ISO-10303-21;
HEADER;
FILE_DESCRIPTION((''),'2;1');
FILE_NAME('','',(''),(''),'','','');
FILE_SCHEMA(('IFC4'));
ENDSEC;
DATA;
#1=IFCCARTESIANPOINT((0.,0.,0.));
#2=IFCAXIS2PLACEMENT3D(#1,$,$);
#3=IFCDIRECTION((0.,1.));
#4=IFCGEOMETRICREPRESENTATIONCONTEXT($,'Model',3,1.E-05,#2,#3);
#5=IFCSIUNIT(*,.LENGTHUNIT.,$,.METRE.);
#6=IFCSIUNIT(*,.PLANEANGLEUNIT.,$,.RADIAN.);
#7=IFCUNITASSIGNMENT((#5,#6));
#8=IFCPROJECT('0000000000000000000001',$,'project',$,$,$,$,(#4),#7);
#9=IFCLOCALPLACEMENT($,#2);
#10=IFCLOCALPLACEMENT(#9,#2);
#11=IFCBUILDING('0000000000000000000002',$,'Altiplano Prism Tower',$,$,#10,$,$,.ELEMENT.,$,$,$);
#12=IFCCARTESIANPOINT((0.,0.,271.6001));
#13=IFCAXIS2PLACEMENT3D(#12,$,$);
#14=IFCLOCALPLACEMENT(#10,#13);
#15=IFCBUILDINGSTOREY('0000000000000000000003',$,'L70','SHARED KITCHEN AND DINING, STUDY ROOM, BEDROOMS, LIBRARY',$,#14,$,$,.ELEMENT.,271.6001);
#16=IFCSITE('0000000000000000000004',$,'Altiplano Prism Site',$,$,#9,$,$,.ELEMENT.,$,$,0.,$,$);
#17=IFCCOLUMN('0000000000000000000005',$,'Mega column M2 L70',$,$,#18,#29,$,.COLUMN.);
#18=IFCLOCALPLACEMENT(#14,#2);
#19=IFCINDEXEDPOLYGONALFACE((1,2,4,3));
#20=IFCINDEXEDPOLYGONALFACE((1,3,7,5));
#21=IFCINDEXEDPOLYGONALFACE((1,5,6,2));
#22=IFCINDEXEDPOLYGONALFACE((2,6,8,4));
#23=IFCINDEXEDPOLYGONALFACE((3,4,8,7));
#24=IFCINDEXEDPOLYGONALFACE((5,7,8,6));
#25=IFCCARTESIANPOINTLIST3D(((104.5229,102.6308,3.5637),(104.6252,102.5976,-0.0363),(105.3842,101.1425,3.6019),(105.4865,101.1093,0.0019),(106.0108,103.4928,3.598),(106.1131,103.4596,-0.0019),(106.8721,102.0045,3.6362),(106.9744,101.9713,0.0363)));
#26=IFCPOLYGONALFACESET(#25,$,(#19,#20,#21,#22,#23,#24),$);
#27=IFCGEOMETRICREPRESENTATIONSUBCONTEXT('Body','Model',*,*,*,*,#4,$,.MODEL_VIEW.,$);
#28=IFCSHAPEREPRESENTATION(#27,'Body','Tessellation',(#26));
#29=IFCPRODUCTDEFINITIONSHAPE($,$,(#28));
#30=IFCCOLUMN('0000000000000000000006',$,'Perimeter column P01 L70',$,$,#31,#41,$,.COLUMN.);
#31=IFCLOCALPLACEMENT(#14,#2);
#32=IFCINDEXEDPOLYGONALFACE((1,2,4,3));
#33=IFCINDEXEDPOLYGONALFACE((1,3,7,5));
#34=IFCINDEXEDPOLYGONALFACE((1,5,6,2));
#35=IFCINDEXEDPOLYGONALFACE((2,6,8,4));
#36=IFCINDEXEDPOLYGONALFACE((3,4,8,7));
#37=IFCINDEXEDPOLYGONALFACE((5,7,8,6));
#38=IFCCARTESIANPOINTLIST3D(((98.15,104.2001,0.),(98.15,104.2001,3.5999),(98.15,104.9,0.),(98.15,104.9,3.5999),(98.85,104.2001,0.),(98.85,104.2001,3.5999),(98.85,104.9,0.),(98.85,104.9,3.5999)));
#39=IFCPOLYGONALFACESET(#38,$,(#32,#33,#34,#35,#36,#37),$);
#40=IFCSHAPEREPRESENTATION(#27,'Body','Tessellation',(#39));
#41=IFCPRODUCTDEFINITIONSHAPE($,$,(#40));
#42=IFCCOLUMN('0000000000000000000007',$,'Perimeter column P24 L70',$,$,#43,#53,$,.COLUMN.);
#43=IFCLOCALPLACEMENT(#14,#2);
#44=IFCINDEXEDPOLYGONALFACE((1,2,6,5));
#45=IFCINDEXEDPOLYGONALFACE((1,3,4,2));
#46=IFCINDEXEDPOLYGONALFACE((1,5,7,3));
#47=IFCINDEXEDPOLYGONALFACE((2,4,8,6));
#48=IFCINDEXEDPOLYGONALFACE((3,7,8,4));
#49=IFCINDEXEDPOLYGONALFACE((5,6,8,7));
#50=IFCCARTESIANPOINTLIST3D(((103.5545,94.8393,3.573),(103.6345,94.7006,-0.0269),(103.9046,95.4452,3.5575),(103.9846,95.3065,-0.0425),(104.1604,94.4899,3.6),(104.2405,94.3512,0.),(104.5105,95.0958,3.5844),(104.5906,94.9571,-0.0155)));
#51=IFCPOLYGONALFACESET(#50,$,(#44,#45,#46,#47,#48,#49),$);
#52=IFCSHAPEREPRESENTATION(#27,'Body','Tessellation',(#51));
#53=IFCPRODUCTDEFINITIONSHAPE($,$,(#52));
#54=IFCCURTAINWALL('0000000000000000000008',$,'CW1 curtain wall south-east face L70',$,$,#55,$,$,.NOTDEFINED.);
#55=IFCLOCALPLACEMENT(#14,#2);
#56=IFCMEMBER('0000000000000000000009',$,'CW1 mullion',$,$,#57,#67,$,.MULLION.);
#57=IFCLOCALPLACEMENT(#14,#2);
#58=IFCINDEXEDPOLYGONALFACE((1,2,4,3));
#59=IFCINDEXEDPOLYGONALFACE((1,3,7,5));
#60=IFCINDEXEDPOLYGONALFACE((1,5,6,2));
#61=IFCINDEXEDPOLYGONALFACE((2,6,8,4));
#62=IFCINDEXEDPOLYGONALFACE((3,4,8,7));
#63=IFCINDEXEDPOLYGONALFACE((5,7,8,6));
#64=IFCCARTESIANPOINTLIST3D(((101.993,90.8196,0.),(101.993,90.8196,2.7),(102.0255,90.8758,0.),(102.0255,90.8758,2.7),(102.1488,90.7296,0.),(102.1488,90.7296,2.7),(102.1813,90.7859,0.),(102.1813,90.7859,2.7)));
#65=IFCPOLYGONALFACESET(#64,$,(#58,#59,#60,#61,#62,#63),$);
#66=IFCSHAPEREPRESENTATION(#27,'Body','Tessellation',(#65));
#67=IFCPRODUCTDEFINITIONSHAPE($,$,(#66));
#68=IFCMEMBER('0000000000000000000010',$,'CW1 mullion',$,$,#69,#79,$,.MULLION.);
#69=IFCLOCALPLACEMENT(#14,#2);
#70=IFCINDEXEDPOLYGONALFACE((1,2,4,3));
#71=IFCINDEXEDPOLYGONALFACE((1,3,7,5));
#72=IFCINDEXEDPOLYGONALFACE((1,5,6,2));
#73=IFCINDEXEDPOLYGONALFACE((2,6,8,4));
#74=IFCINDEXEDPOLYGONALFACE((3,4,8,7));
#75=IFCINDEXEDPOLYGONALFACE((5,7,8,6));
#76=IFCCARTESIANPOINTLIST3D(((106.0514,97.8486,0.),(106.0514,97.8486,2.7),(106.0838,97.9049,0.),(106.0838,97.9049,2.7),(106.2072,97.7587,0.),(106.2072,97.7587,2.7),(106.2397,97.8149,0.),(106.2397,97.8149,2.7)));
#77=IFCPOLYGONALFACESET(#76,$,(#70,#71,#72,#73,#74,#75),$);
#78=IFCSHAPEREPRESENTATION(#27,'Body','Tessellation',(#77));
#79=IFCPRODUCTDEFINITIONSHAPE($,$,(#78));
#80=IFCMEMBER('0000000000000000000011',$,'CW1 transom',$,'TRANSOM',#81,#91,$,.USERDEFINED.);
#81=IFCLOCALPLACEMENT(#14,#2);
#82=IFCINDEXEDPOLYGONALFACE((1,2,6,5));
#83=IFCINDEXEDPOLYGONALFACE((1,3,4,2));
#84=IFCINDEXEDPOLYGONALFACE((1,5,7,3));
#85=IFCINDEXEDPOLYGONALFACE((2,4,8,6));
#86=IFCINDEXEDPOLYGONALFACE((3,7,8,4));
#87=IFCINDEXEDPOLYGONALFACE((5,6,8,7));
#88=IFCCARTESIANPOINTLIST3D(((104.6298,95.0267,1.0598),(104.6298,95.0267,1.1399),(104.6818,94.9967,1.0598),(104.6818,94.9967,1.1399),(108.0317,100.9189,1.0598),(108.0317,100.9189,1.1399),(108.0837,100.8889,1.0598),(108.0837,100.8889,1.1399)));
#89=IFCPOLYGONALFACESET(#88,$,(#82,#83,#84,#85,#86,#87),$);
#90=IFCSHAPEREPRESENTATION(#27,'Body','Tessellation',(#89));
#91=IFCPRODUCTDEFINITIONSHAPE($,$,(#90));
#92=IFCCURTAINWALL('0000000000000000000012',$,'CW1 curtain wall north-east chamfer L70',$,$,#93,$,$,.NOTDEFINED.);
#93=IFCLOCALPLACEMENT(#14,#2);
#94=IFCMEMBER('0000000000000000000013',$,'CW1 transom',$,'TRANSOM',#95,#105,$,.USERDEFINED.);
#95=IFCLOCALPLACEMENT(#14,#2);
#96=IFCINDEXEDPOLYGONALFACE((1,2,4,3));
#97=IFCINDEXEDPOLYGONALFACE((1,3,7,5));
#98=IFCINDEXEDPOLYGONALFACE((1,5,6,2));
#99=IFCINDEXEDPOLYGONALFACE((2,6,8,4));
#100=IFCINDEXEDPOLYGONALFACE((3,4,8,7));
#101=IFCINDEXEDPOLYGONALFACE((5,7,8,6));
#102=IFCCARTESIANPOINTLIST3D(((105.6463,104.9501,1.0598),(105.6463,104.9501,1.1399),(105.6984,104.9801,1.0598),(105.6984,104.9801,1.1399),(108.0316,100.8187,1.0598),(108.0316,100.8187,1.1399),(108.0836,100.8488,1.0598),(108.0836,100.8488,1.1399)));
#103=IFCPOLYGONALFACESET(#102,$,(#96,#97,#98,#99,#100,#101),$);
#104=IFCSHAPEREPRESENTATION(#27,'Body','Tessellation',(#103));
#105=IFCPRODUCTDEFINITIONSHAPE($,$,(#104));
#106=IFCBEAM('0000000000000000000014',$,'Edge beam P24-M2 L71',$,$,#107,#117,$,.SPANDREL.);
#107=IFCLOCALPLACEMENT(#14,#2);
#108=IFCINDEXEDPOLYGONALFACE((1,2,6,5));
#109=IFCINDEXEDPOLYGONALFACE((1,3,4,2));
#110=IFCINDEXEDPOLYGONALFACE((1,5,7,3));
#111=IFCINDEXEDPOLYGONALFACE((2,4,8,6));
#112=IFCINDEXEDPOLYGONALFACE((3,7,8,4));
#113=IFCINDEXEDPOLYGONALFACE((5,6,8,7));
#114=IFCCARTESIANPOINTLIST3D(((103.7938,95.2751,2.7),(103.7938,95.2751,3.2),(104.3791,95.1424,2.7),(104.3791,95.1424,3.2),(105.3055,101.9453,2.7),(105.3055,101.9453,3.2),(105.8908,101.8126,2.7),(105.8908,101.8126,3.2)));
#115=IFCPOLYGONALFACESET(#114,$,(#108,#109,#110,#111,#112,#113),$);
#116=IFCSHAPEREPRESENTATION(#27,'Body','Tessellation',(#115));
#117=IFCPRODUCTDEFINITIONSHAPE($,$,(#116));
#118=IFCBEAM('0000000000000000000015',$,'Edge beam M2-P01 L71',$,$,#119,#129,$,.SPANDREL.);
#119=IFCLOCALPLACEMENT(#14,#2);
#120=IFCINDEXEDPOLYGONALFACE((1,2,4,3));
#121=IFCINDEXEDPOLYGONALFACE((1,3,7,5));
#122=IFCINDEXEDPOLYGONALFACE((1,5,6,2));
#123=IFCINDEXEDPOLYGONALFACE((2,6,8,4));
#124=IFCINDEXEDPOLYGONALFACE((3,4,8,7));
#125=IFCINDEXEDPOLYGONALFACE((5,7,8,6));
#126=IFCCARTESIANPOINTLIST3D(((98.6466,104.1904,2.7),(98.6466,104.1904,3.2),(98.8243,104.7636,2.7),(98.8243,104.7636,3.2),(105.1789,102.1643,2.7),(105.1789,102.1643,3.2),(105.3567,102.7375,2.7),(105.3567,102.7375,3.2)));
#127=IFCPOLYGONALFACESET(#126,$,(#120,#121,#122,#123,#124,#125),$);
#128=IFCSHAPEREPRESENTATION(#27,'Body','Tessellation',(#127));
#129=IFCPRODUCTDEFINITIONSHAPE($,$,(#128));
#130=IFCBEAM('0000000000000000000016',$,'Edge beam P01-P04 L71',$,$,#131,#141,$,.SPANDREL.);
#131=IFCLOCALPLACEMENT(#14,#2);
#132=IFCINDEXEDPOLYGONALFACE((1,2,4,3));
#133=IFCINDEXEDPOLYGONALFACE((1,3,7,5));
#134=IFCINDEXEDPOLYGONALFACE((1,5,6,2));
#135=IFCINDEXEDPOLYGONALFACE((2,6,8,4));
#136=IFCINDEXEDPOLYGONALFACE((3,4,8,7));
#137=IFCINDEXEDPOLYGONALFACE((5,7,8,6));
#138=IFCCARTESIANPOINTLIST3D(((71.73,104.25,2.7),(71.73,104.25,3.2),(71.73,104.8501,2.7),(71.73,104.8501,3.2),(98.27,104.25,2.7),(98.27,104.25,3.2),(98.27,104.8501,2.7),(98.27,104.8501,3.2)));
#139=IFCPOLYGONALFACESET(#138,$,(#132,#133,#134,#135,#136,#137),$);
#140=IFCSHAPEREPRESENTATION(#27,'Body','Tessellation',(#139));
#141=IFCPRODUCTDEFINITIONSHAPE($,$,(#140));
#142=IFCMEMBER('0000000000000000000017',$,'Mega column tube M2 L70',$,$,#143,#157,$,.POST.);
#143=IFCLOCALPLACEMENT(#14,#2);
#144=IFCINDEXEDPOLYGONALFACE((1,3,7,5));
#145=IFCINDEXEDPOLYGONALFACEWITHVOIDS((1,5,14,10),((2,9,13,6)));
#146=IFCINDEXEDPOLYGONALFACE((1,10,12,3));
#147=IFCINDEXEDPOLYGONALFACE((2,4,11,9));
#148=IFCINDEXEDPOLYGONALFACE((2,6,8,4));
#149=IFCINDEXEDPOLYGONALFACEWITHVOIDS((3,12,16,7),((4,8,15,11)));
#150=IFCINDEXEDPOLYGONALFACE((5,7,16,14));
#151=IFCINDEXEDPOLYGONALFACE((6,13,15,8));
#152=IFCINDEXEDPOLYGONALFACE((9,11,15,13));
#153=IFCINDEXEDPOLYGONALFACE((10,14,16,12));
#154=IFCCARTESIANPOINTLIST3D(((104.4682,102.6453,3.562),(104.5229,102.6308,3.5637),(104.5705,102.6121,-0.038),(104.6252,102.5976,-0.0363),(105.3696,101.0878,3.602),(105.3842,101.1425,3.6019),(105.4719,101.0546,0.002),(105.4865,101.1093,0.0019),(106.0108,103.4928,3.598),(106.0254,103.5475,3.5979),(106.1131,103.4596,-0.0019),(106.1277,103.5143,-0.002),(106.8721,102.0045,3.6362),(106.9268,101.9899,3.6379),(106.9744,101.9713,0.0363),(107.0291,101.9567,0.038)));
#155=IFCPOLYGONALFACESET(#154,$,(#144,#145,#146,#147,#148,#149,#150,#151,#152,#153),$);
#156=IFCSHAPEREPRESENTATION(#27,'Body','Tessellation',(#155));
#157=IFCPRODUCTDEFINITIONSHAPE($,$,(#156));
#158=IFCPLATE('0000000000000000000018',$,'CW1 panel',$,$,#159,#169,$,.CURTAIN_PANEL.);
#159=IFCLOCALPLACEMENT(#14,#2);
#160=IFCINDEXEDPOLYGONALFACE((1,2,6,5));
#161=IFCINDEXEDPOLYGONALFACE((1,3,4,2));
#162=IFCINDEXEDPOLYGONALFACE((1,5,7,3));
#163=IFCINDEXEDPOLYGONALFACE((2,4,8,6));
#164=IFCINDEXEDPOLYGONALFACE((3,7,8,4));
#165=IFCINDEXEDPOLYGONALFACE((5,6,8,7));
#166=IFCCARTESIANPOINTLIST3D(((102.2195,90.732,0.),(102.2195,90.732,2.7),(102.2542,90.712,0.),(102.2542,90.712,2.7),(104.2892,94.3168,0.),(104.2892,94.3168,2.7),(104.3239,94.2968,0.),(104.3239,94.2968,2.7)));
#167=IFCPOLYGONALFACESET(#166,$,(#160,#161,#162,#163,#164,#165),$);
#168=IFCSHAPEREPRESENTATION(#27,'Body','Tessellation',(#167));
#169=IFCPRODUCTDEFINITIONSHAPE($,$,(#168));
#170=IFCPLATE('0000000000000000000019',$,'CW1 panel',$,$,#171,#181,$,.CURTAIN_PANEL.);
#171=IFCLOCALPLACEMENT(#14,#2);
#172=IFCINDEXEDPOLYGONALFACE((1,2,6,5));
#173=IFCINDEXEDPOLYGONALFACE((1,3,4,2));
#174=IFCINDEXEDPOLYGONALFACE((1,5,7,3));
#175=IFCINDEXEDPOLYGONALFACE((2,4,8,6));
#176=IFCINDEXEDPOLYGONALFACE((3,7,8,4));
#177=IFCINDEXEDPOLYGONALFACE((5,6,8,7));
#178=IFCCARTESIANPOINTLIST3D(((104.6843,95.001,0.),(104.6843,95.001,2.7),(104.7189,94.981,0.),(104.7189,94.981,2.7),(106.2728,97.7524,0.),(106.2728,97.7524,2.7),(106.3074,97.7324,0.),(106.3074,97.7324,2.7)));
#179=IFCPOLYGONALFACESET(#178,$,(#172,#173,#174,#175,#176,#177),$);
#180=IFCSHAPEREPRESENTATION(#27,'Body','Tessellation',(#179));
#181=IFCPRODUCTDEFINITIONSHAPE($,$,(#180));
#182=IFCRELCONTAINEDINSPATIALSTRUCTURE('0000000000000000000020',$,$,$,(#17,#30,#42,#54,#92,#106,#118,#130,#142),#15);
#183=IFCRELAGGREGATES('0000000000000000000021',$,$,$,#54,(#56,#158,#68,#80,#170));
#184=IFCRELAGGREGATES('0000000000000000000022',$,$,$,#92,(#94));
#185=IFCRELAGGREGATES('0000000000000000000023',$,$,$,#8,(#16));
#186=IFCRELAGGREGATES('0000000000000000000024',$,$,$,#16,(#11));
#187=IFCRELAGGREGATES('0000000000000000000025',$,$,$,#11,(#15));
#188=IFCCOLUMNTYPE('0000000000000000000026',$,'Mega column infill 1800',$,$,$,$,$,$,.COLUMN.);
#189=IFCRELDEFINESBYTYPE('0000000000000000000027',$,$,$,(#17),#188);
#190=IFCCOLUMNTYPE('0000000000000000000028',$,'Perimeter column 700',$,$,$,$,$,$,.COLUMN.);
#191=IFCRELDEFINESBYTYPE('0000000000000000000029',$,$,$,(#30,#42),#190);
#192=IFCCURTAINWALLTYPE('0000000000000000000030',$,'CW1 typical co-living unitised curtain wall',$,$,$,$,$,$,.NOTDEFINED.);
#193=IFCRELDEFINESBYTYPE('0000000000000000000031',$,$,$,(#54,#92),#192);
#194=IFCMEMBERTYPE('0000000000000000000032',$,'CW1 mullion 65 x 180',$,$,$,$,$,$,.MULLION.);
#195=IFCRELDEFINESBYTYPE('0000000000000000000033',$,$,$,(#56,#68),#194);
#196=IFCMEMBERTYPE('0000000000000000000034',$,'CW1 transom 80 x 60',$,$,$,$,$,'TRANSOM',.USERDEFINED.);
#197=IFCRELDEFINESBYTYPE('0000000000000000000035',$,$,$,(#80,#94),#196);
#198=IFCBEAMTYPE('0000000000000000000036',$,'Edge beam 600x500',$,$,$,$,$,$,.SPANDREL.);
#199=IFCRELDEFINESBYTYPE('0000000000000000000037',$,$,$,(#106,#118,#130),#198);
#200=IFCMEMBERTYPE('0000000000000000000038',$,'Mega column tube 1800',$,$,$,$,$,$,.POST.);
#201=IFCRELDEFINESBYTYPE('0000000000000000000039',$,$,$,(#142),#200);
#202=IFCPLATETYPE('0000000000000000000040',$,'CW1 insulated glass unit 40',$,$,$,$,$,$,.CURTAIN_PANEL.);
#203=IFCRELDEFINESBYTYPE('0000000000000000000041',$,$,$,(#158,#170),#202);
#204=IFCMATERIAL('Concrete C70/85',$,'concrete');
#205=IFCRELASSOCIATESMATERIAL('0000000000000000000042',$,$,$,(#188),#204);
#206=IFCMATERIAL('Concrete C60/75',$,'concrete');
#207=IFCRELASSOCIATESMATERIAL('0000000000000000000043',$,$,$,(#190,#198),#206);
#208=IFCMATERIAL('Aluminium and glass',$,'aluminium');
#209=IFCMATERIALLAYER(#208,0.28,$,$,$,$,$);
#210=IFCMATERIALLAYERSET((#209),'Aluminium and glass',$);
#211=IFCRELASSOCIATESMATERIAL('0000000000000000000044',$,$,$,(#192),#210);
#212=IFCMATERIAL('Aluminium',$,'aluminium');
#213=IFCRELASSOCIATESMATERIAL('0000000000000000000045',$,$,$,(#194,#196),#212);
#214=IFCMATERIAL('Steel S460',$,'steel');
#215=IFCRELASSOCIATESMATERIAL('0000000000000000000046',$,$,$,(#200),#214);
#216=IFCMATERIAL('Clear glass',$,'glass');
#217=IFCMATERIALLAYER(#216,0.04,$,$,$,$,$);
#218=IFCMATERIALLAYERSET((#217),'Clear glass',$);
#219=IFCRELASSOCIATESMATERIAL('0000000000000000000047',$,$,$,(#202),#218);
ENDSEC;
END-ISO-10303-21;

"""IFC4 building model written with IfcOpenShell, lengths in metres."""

from ifc_helpers import new_model, si_unit, direction, frame, origin, origin_2d, place, context, subcontext, project, spatial, rectangle, hollow_rectangle, extrude, material, layer, layer_set, material_profile, profile_set, type_object, element, aggregate, save


model = new_model("IFC4")

# Units and contexts
model_context = context("Model", 3, precision=1e-05, world=origin(), true_north=direction((0.0, 1.0)))
body_context = subcontext(model_context, "Body", "Model", "MODEL_VIEW")
ifc_project = project(units=[si_unit("LENGTHUNIT", "METRE"), si_unit("PLANEANGLEUNIT", "RADIAN")], contexts=[model_context])

# Site, building, storey
site_placement = place(None, origin())
site = spatial("IfcSite", under=ifc_project, at=site_placement, Name="Altiplano Prism Site", CompositionType="ELEMENT", RefElevation=0.0)
building_placement = place(site_placement, origin())
building = spatial("IfcBuilding", under=site, at=building_placement, Name="Altiplano Prism Tower", CompositionType="ELEMENT")
storey_placement = place(building_placement, frame((0.0, 0.0, 271.6001)))
storey = spatial("IfcBuildingStorey", under=building, at=storey_placement, Name="L70", Description="SHARED KITCHEN AND DINING, STUDY ROOM, BEDROOMS, LIBRARY", CompositionType="ELEMENT", Elevation=271.6001)

# Columns
ifc_material_1 = material(Name="Concrete C70/85", Category="concrete")
ifc_material_profile_1 = material_profile(ifc_material_1, rectangle(XDim=1.72, YDim=1.72, at=origin_2d()), Name="Mega column infill 1800")
ifc_profile_set_1 = profile_set([ifc_material_profile_1], Name="Concrete C70/85")
column_type_1 = type_object("IfcColumnType", Name="Mega column infill 1800", PredefinedType="COLUMN", material=ifc_profile_set_1)
column_1_placement = place(storey_placement, frame((105.7998, 102.2844, 0.0), z_axis=(-0.028404, 0.009219, 0.999554), x_axis=(0.500765, -0.865298, 0.022211)))
element("IfcColumn", 1, at=column_1_placement, inside=storey, type_object=column_type_1, Name="Mega column M2 L70", PredefinedType="COLUMN", context=body_context, shape_type="SweptSolid", body=[
    extrude(rectangle(XDim=1.72, YDim=1.72, at=origin_2d()), origin(), (0.0, 0.0, 1.0), 3.6016),
])
ifc_material_2 = material(Name="Concrete C60/75", Category="concrete")
ifc_material_profile_2 = material_profile(ifc_material_2, rectangle(XDim=0.7, YDim=0.7, at=origin_2d()), Name="Perimeter column 700")
ifc_profile_set_2 = profile_set([ifc_material_profile_2], Name="Concrete C60/75")
column_type_2 = type_object("IfcColumnType", Name="Perimeter column 700", PredefinedType="COLUMN", material=ifc_profile_set_2)
column_2_placement = place(storey_placement, frame((98.5, 104.55, 0.0), z_axis=(0.0, 0.0, 1.0), x_axis=(1.0, 0.0, 0.0)))
element("IfcColumn", 2, at=column_2_placement, inside=storey, type_object=column_type_2, Name="Perimeter column P01 L70", PredefinedType="COLUMN", context=body_context, shape_type="SweptSolid", body=[
    extrude(rectangle(XDim=0.7, YDim=0.7, at=origin_2d()), origin(), (0.0, 0.0, 1.0), 3.5999),
])
column_3_placement = place(storey_placement, frame((104.1125, 94.8289, -0.0212), z_axis=(-0.022223, 0.038483, 0.999012), x_axis=(-0.500175, -0.865639, 0.022219)))
element("IfcColumn", 3, at=column_3_placement, inside=storey, type_object=column_type_2, Name="Perimeter column P24 L70", PredefinedType="COLUMN", context=body_context, shape_type="SweptSolid", body=[
    extrude(rectangle(XDim=0.7, YDim=0.7, at=origin_2d()), origin(), (0.0, 0.0, 1.0), 3.6035),
])

# Curtain wall, members
ifc_material_3 = material(Name="Aluminium and glass", Category="aluminium")
ifc_layer_1 = layer(ifc_material_3, 0.28)
ifc_layer_set_1 = layer_set([ifc_layer_1], Name="Aluminium and glass")
curtain_wall_type = type_object("IfcCurtainWallType", Name="CW1 typical co-living unitised curtain wall", PredefinedType="NOTDEFINED", material=ifc_layer_set_1)
curtain_wall_1_placement = place(storey_placement, origin())
curtain_wall_1 = element("IfcCurtainWall", 4, at=curtain_wall_1_placement, inside=storey, type_object=curtain_wall_type, Name="CW1 curtain wall south-east face L70", PredefinedType="NOTDEFINED")
ifc_material_4 = material(Name="Aluminium", Category="aluminium")
ifc_material_profile_3 = material_profile(ifc_material_4, rectangle(XDim=0.1799, YDim=0.0649, at=origin_2d()), Name="CW1 mullion 65 x 180")
ifc_profile_set_3 = profile_set([ifc_material_profile_3], Name="Aluminium")
member_type_1 = type_object("IfcMemberType", Name="CW1 mullion 65 x 180", PredefinedType="MULLION", material=ifc_profile_set_3)
member_1_placement = place(storey_placement, frame((102.0872, 90.8027, 0.0), z_axis=(0.0, 0.0, 1.0), x_axis=(-0.866025, 0.5, 0.0)))
member_1 = element("IfcMember", 5, at=member_1_placement, type_object=member_type_1, Name="CW1 mullion", PredefinedType="MULLION", context=body_context, shape_type="SweptSolid", body=[
    extrude(rectangle(XDim=0.1799, YDim=0.0649, at=origin_2d()), origin(), (0.0, 0.0, 1.0), 2.7),
])
member_2_placement = place(storey_placement, frame((106.1455, 97.8318, 0.0), z_axis=(0.0, 0.0, 1.0), x_axis=(-0.866025, 0.5, 0.0)))
member_2 = element("IfcMember", 6, at=member_2_placement, type_object=member_type_1, Name="CW1 mullion", PredefinedType="MULLION", context=body_context, shape_type="SweptSolid", body=[
    extrude(rectangle(XDim=0.1799, YDim=0.0649, at=origin_2d()), origin(), (0.0, 0.0, 1.0), 2.7),
])
ifc_material_profile_4 = material_profile(ifc_material_4, rectangle(XDim=0.0601, YDim=0.0801, at=origin_2d()), Name="CW1 transom 80 x 60")
ifc_profile_set_4 = profile_set([ifc_material_profile_4], Name="Aluminium")
member_type_2 = type_object("IfcMemberType", Name="CW1 transom 80 x 60", ElementType="TRANSOM", PredefinedType="USERDEFINED", material=ifc_profile_set_4)
member_3_placement = place(storey_placement, frame((104.6558, 95.0117, 1.0999), z_axis=(0.500006, 0.866022, 0.0), x_axis=(-0.866022, 0.500006, 0.0)))
member_3 = element("IfcMember", 7, at=member_3_placement, type_object=member_type_2, Name="CW1 transom", ObjectType="TRANSOM", PredefinedType="USERDEFINED", context=body_context, shape_type="SweptSolid", body=[
    extrude(rectangle(XDim=0.0601, YDim=0.0801, at=origin_2d()), origin(), (0.0, 0.0, 1.0), 6.8037),
])

# Curtain wall, member
curtain_wall_2_placement = place(storey_placement, origin())
curtain_wall_2 = element("IfcCurtainWall", 8, at=curtain_wall_2_placement, inside=storey, type_object=curtain_wall_type, Name="CW1 curtain wall north-east chamfer L70", PredefinedType="NOTDEFINED")
member_4_placement = place(storey_placement, frame((108.0576, 100.8337, 1.0999), z_axis=(-0.500003, 0.866024, 0.0), x_axis=(-0.866024, -0.500003, 0.0)))
member_4 = element("IfcMember", 9, at=member_4_placement, type_object=member_type_2, Name="CW1 transom", ObjectType="TRANSOM", PredefinedType="USERDEFINED", context=body_context, shape_type="SweptSolid", body=[
    extrude(rectangle(XDim=0.0601, YDim=0.0801, at=origin_2d()), origin(), (0.0, 0.0, 1.0), 4.7705),
])

# Beams
ifc_material_profile_5 = material_profile(ifc_material_2, rectangle(XDim=0.6001, YDim=0.5, at=origin_2d()), Name="Edge beam 600x500")
ifc_profile_set_5 = profile_set([ifc_material_profile_5], Name="Concrete C60/75")
beam_type = type_object("IfcBeamType", Name="Edge beam 600x500", PredefinedType="SPANDREL", material=ifc_profile_set_5)
for number, where, z_axis, x_axis, name in (
    (10, (104.0864, 95.2087, 2.95), (0.221033, 0.975266, 0.0), (-0.975266, 0.221033, 0.0), "Edge beam P24-M2 L71"),
    (11, (105.2678, 102.4509, 2.95), (-0.955114, 0.29624, 0.0), (-0.29624, -0.955114, 0.0), "Edge beam M2-P01 L71"),
):
    element("IfcBeam", number, at=place(storey_placement, frame(where, z_axis=z_axis, x_axis=x_axis)), inside=storey, type_object=beam_type, Name=name, PredefinedType="SPANDREL", context=body_context, shape_type="SweptSolid", body=[
        extrude(rectangle(XDim=0.6001, YDim=0.5, at=origin_2d()), origin(), (0.0, 0.0, 1.0), 6.8394),
    ])
beam_placement = place(storey_placement, frame((98.27, 104.55, 2.95), z_axis=(-1.0, 0.0, 0.0), x_axis=(0.0, -1.0, 0.0)))
element("IfcBeam", 12, at=beam_placement, inside=storey, type_object=beam_type, Name="Edge beam P01-P04 L71", PredefinedType="SPANDREL", context=body_context, shape_type="SweptSolid", body=[
    extrude(rectangle(XDim=0.6001, YDim=0.5, at=origin_2d()), origin(), (0.0, 0.0, 1.0), 26.54),
])

# Member
ifc_material_5 = material(Name="Steel S460", Category="steel")
ifc_material_profile_6 = material_profile(ifc_material_5, hollow_rectangle(XDim=1.8, YDim=1.8, WallThickness=0.04, at=origin_2d()), Name="Mega column tube 1800")
ifc_profile_set_6 = profile_set([ifc_material_profile_6], Name="Steel S460")
member_type_3 = type_object("IfcMemberType", Name="Mega column tube 1800", PredefinedType="POST", material=ifc_profile_set_6)
member_5_placement = place(storey_placement, frame((105.7998, 102.2844, 0.0), z_axis=(-0.028404, 0.009219, 0.999554), x_axis=(0.500765, -0.865298, 0.022211)))
element("IfcMember", 13, at=member_5_placement, inside=storey, type_object=member_type_3, Name="Mega column tube M2 L70", PredefinedType="POST", context=body_context, shape_type="SweptSolid", body=[
    extrude(hollow_rectangle(XDim=1.8, YDim=1.8, WallThickness=0.04, at=origin_2d()), origin(), (0.0, 0.0, 1.0), 3.6016),
])

# Plates
ifc_material_6 = material(Name="Clear glass", Category="glass")
ifc_layer_2 = layer(ifc_material_6, 0.04)
ifc_layer_set_2 = layer_set([ifc_layer_2], Name="Clear glass")
plate_type = type_object("IfcPlateType", Name="CW1 insulated glass unit 40", PredefinedType="CURTAIN_PANEL", material=ifc_layer_set_2)
plate_1_placement = place(storey_placement, frame((103.2717, 92.5144, 0.0), z_axis=(0.0, 0.0, 1.0), x_axis=(0.5, 0.866025, 0.0)))
plate_1 = element("IfcPlate", 14, at=plate_1_placement, type_object=plate_type, Name="CW1 panel", PredefinedType="CURTAIN_PANEL", context=body_context, shape_type="SweptSolid", body=[
    extrude(rectangle(XDim=4.1394, YDim=0.04, at=origin_2d()), origin(), (0.0, 0.0, 1.0), 2.7),
])
plate_2_placement = place(storey_placement, frame((105.4958, 96.3667, 0.0), z_axis=(0.0, 0.0, 1.0), x_axis=(0.5, 0.866025, 0.0)))
plate_2 = element("IfcPlate", 15, at=plate_2_placement, type_object=plate_type, Name="CW1 panel", PredefinedType="CURTAIN_PANEL", context=body_context, shape_type="SweptSolid", body=[
    extrude(rectangle(XDim=3.177, YDim=0.04, at=origin_2d()), origin(), (0.0, 0.0, 1.0), 2.7),
])
aggregate(curtain_wall_1, [member_1, plate_1, member_2, member_3, plate_2])
aggregate(curtain_wall_2, [member_4])

save(model, "model.ifc")
